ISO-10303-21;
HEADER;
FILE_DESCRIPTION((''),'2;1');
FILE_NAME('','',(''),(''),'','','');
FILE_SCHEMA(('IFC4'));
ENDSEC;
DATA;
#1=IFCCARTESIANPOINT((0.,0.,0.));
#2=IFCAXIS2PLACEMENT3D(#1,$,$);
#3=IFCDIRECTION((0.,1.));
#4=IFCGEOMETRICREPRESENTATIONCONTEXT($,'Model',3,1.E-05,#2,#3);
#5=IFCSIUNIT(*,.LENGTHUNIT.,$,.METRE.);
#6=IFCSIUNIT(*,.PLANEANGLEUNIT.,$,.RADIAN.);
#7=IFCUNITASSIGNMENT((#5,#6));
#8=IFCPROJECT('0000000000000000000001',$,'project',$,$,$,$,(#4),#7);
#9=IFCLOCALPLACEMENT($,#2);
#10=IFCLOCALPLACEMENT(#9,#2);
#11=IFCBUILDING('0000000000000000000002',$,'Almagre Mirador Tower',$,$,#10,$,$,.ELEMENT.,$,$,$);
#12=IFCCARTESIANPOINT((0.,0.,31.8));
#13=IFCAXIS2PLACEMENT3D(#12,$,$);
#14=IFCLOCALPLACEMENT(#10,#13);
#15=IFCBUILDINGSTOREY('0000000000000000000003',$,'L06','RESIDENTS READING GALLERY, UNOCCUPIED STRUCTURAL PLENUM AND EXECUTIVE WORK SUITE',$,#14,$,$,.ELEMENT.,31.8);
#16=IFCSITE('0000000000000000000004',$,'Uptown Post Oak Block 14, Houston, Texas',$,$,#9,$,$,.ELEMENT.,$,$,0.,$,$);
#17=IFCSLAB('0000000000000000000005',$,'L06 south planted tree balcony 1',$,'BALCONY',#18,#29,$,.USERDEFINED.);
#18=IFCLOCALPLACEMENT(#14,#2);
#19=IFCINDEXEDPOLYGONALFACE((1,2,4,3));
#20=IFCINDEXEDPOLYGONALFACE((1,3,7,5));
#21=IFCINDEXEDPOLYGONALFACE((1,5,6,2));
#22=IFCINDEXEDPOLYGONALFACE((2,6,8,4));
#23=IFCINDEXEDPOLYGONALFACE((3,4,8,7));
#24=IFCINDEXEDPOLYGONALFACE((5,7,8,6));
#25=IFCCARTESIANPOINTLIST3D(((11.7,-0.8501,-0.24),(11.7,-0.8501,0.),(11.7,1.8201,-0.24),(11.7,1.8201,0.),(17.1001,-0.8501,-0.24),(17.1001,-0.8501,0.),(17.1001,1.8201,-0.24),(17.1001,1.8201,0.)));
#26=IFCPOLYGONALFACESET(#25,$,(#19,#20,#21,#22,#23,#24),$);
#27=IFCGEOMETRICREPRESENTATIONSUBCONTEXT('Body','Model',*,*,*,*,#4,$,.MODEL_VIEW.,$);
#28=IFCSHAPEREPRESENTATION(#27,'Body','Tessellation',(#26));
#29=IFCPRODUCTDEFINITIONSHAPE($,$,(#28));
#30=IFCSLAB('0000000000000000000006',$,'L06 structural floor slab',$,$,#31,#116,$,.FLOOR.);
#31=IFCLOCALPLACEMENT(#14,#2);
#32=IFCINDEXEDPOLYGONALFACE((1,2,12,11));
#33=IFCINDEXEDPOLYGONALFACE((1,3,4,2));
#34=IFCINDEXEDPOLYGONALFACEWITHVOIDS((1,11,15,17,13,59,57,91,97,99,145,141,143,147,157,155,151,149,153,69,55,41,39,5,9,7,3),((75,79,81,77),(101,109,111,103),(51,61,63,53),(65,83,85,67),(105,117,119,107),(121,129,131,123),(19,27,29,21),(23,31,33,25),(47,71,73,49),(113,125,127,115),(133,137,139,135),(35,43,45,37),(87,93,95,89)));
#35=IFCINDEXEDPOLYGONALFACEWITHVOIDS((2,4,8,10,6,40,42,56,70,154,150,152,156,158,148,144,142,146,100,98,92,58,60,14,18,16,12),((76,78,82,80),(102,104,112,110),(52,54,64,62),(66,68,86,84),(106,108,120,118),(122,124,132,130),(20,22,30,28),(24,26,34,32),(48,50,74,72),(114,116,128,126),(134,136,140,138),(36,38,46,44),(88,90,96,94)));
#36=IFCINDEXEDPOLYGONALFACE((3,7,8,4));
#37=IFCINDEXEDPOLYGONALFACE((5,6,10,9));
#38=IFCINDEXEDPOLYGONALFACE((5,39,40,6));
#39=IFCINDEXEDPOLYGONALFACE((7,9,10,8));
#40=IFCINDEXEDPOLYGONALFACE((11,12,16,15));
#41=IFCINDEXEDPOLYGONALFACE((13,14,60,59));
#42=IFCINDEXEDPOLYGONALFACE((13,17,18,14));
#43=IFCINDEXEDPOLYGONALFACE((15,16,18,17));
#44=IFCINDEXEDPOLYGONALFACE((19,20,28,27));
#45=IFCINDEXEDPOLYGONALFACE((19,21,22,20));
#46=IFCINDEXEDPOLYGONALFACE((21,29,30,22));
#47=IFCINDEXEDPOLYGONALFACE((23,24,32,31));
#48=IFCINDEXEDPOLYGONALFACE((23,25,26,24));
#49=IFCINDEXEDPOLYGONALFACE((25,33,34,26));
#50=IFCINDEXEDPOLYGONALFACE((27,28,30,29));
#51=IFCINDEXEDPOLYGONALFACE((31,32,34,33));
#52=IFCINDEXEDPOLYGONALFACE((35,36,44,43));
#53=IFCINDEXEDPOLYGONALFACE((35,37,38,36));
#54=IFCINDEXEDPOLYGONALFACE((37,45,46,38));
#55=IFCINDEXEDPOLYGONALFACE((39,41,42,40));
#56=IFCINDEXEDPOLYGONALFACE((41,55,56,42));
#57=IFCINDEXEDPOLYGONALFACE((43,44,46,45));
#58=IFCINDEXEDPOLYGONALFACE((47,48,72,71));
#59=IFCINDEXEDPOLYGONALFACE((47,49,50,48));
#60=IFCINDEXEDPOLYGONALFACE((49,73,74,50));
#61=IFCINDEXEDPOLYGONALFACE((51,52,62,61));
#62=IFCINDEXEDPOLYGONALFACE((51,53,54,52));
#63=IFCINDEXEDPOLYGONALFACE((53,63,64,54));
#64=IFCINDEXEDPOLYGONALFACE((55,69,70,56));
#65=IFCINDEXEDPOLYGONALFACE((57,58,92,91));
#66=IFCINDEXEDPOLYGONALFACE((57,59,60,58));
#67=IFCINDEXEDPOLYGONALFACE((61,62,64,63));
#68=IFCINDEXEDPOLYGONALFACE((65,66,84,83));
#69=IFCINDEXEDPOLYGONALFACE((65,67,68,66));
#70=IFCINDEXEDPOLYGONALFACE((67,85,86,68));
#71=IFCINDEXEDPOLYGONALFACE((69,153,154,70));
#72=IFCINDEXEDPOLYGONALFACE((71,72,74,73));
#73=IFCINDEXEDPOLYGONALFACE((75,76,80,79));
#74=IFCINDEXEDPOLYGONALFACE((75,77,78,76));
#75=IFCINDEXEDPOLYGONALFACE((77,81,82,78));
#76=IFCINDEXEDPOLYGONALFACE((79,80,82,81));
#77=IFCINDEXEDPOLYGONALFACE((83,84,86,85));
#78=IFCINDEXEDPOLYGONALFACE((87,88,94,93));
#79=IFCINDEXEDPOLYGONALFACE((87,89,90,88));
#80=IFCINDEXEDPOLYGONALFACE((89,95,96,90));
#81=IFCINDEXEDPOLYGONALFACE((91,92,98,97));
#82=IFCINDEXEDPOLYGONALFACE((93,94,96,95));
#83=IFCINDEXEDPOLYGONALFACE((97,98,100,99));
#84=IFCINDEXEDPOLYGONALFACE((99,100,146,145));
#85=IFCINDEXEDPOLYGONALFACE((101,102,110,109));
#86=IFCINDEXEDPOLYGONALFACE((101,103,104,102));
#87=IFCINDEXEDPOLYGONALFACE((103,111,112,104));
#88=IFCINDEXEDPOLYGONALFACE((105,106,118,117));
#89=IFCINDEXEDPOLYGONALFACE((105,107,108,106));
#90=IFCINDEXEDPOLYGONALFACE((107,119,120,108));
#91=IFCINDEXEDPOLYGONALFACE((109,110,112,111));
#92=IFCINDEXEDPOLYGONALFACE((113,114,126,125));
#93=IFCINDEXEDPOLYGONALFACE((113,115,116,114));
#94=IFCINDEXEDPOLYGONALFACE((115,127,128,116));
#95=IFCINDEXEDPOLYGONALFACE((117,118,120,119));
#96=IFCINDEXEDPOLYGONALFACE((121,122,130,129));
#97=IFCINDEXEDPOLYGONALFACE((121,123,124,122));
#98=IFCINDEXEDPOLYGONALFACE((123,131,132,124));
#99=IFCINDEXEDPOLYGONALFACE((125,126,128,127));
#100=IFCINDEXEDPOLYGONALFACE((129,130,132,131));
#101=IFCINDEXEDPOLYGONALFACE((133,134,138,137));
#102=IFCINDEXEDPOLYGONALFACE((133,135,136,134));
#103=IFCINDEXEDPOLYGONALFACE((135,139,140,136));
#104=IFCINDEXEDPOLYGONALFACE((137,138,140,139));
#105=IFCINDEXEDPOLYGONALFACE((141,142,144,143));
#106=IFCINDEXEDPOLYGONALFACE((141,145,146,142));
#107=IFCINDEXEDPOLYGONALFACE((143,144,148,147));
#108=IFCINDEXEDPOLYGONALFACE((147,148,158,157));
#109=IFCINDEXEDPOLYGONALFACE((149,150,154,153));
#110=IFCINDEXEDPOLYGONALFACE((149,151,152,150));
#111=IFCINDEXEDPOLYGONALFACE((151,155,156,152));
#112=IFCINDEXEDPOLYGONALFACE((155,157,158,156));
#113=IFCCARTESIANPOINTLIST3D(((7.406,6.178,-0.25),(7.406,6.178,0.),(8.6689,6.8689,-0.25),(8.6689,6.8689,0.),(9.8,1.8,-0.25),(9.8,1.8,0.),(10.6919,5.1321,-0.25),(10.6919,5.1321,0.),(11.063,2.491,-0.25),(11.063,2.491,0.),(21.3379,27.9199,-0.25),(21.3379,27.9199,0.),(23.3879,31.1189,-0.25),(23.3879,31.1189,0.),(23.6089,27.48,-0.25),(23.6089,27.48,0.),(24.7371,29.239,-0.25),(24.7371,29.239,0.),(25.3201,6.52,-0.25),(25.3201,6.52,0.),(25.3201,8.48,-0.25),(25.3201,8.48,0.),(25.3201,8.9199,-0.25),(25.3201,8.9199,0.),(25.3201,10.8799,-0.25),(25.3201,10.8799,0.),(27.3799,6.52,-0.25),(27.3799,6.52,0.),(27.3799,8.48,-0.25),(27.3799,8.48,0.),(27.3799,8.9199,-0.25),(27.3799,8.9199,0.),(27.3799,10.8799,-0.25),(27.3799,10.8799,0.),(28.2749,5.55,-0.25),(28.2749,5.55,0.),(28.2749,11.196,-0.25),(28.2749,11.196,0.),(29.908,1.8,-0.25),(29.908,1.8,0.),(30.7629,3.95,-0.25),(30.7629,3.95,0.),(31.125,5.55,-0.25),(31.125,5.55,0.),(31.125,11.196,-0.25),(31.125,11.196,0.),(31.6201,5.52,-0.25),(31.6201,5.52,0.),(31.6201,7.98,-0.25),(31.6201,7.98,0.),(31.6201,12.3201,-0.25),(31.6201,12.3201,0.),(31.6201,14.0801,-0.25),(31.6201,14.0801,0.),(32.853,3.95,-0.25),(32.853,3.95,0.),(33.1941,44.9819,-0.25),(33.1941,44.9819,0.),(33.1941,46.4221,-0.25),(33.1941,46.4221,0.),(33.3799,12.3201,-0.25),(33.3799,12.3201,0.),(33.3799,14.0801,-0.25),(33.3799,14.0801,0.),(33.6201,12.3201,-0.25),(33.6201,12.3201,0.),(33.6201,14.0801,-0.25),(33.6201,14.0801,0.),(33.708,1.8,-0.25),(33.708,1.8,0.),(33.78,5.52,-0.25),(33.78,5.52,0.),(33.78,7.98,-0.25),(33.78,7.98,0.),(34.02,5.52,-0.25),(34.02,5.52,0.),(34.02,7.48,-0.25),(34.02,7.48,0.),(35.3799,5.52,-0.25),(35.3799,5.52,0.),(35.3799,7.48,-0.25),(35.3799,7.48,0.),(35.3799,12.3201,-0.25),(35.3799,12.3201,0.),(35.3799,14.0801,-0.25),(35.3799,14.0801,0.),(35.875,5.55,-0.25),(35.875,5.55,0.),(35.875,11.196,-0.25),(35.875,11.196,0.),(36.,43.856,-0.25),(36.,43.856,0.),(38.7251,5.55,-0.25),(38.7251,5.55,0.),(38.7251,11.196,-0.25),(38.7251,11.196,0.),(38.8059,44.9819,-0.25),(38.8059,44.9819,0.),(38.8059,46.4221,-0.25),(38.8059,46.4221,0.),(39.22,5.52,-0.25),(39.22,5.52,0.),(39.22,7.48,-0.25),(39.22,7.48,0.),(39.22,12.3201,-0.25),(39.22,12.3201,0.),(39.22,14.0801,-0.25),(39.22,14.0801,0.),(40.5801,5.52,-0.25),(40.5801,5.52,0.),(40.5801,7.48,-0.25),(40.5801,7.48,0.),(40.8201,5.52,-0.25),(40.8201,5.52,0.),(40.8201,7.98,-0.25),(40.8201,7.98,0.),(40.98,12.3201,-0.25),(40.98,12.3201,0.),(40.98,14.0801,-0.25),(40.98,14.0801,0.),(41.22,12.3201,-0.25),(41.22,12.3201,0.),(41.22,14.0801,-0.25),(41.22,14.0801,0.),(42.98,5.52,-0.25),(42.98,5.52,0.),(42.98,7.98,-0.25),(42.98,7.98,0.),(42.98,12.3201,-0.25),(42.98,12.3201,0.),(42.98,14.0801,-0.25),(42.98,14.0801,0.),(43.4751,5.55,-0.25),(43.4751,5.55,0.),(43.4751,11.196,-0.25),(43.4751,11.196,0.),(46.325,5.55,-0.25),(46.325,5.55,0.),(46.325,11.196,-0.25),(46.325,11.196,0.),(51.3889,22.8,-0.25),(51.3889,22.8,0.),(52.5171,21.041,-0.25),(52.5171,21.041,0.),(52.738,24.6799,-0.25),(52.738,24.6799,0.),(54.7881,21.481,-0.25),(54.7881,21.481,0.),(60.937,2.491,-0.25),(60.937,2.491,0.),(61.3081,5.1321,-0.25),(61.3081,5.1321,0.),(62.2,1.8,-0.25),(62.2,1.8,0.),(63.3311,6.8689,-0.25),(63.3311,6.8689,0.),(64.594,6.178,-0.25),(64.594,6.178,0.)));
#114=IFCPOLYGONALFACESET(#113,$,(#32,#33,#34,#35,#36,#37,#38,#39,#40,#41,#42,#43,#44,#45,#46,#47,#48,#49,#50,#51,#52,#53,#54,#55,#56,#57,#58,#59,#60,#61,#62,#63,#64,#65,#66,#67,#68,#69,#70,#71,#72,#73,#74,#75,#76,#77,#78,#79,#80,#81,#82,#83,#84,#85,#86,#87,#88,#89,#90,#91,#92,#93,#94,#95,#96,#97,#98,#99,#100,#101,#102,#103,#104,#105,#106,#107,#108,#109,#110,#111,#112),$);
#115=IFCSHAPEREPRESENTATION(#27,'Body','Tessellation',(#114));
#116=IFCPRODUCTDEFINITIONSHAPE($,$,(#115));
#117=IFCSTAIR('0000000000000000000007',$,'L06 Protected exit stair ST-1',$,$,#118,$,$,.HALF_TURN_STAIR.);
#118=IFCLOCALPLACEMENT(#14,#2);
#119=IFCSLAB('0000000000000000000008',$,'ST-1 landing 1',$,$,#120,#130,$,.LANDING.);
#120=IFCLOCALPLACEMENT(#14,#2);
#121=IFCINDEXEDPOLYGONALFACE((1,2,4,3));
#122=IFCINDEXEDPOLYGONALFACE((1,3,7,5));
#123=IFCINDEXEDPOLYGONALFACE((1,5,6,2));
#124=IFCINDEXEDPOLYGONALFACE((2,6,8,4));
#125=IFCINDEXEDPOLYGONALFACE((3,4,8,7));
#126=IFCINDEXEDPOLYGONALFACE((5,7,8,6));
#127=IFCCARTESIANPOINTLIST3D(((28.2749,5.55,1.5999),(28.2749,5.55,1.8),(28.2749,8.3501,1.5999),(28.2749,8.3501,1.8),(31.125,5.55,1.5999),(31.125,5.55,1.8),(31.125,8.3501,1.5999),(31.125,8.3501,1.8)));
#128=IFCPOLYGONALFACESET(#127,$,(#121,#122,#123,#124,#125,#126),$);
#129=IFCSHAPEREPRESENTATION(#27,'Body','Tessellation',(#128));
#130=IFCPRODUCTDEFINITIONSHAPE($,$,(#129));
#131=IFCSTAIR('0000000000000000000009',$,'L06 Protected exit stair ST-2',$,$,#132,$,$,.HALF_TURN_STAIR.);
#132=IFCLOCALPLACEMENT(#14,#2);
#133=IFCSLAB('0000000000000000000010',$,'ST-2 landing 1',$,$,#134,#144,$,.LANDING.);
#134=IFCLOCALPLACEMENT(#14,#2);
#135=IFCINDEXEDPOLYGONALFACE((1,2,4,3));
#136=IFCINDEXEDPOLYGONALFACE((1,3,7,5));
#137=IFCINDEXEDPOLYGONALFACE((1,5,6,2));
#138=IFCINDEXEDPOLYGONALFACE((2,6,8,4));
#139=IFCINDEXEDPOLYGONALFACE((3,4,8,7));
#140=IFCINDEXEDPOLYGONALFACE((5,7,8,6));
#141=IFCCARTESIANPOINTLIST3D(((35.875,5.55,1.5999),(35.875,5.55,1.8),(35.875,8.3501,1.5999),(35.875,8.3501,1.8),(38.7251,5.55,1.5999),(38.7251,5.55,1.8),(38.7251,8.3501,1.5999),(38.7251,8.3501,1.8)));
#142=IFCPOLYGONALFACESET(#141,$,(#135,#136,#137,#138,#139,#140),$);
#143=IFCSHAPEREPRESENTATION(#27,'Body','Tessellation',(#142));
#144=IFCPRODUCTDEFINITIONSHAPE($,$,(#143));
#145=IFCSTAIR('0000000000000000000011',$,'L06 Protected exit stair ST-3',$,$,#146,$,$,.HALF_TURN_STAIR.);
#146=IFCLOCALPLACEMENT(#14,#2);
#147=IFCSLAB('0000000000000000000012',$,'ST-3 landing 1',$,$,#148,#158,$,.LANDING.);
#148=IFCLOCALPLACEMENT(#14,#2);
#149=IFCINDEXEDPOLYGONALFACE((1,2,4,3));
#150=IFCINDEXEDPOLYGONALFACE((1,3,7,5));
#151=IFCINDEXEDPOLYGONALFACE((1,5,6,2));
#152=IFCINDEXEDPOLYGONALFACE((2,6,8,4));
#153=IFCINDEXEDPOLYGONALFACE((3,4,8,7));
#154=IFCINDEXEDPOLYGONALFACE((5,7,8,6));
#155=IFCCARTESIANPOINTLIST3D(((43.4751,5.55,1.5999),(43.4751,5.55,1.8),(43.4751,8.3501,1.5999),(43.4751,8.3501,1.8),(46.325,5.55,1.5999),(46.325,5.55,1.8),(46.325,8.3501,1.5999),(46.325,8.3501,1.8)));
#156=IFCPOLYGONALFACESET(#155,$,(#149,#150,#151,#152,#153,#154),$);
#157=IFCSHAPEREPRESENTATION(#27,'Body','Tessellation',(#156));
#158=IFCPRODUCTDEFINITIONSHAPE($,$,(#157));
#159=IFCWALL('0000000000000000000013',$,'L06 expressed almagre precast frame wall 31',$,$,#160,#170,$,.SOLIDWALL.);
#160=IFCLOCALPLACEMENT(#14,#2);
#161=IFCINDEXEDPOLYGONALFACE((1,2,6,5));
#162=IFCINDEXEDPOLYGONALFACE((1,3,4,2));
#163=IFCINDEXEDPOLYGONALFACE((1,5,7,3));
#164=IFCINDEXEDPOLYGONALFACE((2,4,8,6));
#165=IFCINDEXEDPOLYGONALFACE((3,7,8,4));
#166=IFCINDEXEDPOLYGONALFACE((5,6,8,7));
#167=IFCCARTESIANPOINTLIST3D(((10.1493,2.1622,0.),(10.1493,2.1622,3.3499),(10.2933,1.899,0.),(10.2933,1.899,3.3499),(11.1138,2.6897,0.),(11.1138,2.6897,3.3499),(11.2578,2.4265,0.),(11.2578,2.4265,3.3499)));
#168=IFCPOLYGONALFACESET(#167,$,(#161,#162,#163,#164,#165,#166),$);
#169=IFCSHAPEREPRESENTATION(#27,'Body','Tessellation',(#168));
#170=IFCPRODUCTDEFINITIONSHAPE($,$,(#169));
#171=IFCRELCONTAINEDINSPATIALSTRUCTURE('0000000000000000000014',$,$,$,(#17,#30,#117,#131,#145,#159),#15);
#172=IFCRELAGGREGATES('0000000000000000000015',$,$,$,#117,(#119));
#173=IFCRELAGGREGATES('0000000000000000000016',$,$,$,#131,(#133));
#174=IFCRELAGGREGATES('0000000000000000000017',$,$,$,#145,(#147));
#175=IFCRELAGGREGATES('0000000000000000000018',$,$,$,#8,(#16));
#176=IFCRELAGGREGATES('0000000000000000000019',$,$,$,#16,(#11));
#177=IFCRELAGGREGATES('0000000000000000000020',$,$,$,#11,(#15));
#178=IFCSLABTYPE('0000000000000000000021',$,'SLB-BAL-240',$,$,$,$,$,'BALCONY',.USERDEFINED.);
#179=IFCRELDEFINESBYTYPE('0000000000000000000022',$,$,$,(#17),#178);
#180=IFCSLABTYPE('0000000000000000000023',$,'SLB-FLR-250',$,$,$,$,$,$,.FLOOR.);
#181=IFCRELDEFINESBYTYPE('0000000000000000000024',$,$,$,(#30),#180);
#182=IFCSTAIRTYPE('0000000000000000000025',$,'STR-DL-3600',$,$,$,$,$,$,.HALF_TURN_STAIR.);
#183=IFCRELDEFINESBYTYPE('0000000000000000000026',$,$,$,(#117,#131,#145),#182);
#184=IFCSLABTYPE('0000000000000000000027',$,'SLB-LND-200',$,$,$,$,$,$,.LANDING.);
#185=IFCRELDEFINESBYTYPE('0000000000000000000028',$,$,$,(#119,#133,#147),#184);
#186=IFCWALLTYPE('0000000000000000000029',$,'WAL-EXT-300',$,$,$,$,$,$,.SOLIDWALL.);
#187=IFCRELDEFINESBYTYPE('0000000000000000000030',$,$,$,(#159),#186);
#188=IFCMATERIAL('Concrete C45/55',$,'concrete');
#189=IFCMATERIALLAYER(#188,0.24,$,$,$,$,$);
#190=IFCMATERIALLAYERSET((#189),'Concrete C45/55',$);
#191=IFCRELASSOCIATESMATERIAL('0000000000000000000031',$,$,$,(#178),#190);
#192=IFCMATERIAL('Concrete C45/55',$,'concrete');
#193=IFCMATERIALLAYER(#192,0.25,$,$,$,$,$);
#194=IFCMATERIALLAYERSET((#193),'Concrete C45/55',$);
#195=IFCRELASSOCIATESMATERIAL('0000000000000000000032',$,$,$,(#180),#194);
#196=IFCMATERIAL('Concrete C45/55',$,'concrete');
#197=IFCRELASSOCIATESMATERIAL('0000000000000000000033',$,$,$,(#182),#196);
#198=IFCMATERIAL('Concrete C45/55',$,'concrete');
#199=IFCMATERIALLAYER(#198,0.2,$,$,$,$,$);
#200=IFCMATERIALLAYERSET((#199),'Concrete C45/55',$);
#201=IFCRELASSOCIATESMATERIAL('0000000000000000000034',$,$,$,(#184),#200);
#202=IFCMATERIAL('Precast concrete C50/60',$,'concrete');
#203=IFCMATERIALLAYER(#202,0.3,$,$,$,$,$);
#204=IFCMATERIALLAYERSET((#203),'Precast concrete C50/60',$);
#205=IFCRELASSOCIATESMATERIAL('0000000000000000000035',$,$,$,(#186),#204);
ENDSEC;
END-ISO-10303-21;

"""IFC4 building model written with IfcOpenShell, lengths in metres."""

from ifc_helpers import new_model, si_unit, direction, frame, frame_2d, origin, place, context, subcontext, project, spatial, polyline, rectangle, outline, extrude, material, layer, layer_set, type_object, element, aggregate, save


model = new_model("IFC4")

# Units and contexts
model_context = context("Model", 3, precision=1e-05, world=origin(), true_north=direction((0.0, 1.0)))
body_context = subcontext(model_context, "Body", "Model", "MODEL_VIEW")
ifc_project = project(units=[si_unit("LENGTHUNIT", "METRE"), si_unit("PLANEANGLEUNIT", "RADIAN")], contexts=[model_context])

# Site, building, storey
site_placement = place(None, origin())
site = spatial("IfcSite", under=ifc_project, at=site_placement, Name="Uptown Post Oak Block 14, Houston, Texas", CompositionType="ELEMENT", RefElevation=0.0)
building_placement = place(site_placement, origin())
building = spatial("IfcBuilding", under=site, at=building_placement, Name="Almagre Mirador Tower", CompositionType="ELEMENT")
storey_placement = place(building_placement, frame((0.0, 0.0, 31.8)))
storey = spatial("IfcBuildingStorey", under=building, at=storey_placement, Name="L06", Description="RESIDENTS READING GALLERY, UNOCCUPIED STRUCTURAL PLENUM AND EXECUTIVE WORK SUITE", CompositionType="ELEMENT", Elevation=31.8)

# Slabs
ifc_material_1 = material(Name="Concrete C45/55", Category="concrete")
ifc_layer_1 = layer(ifc_material_1, 0.24)
ifc_layer_set_1 = layer_set([ifc_layer_1], Name="Concrete C45/55")
slab_type_1 = type_object("IfcSlabType", Name="SLB-BAL-240", ElementType="BALCONY", PredefinedType="USERDEFINED", material=ifc_layer_set_1)
slab_1_placement = place(storey_placement, frame((0.0, 0.0, -0.24)))
element("IfcSlab", 1, at=slab_1_placement, inside=storey, type_object=slab_type_1, Name="L06 south planted tree balcony 1", ObjectType="BALCONY", PredefinedType="USERDEFINED", context=body_context, shape_type="SweptSolid", body=[
    extrude(outline(polyline([(11.7, 1.8201), (17.1001, 1.8201), (17.1001, -0.8501), (11.7, -0.8501), (11.7, 1.8201)])), origin(), (0.0, 0.0, 1.0), 0.24),
])
ifc_material_2 = material(Name="Concrete C45/55", Category="concrete")
ifc_layer_2 = layer(ifc_material_2, 0.25)
ifc_layer_set_2 = layer_set([ifc_layer_2], Name="Concrete C45/55")
slab_type_2 = type_object("IfcSlabType", Name="SLB-FLR-250", PredefinedType="FLOOR", material=ifc_layer_set_2)
slab_2_placement = place(storey_placement, frame((0.0, 0.0, -0.25)))
element("IfcSlab", 2, at=slab_2_placement, inside=storey, type_object=slab_type_2, Name="L06 structural floor slab", PredefinedType="FLOOR", context=body_context, shape_type="SweptSolid", body=[
    extrude(outline(polyline([(7.406, 6.178), (8.6689, 6.8689), (10.6919, 5.1321), (11.063, 2.491), (9.8, 1.8), (29.908, 1.8), (30.7629, 3.95), (32.853, 3.95), (33.708, 1.8), (62.2, 1.8), (60.937, 2.491), (61.3081, 5.1321), (63.3311, 6.8689), (64.594, 6.178), (54.7881, 21.481), (52.5171, 21.041), (51.3889, 22.8), (52.738, 24.6799), (38.8059, 46.4221), (38.8059, 44.9819), (36.0, 43.856), (33.1941, 44.9819), (33.1941, 46.4221), (23.3879, 31.1189), (24.7371, 29.239), (23.6089, 27.48), (21.3379, 27.9199), (7.406, 6.178)]), holes=[polyline([(43.4751, 11.196), (46.325, 11.196), (46.325, 5.55), (43.4751, 5.55), (43.4751, 11.196)]), polyline([(40.8201, 5.52), (40.8201, 7.98), (42.98, 7.98), (42.98, 5.52), (40.8201, 5.52)]), polyline([(41.22, 12.3201), (41.22, 14.0801), (42.98, 14.0801), (42.98, 12.3201), (41.22, 12.3201)]), polyline([(39.22, 12.3201), (39.22, 14.0801), (40.98, 14.0801), (40.98, 12.3201), (39.22, 12.3201)]), polyline([(39.22, 5.52), (39.22, 7.48), (40.5801, 7.48), (40.5801, 5.52), (39.22, 5.52)]), polyline([(35.875, 11.196), (38.7251, 11.196), (38.7251, 5.55), (35.875, 5.55), (35.875, 11.196)]), polyline([(35.3799, 5.52), (34.02, 5.52), (34.02, 7.48), (35.3799, 7.48), (35.3799, 5.52)]), polyline([(35.3799, 12.3201), (33.6201, 12.3201), (33.6201, 14.0801), (35.3799, 14.0801), (35.3799, 12.3201)]), polyline([(31.6201, 5.52), (31.6201, 7.98), (33.78, 7.98), (33.78, 5.52), (31.6201, 5.52)]), polyline([(31.6201, 12.3201), (31.6201, 14.0801), (33.3799, 14.0801), (33.3799, 12.3201), (31.6201, 12.3201)]), polyline([(28.2749, 5.55), (28.2749, 11.196), (31.125, 11.196), (31.125, 5.55), (28.2749, 5.55)]), polyline([(25.3201, 6.52), (25.3201, 8.48), (27.3799, 8.48), (27.3799, 6.52), (25.3201, 6.52)]), polyline([(25.3201, 8.9199), (25.3201, 10.8799), (27.3799, 10.8799), (27.3799, 8.9199), (25.3201, 8.9199)])]), origin(), (0.0, 0.0, 1.0), 0.25),
])

# Stairs, slabs
ifc_material_3 = material(Name="Concrete C45/55", Category="concrete")
stair_type = type_object("IfcStairType", Name="STR-DL-3600", PredefinedType="HALF_TURN_STAIR", material=ifc_material_3)
stair_1_placement = place(storey_placement, origin())
stair_1 = element("IfcStair", 3, at=stair_1_placement, inside=storey, type_object=stair_type, Name="L06 Protected exit stair ST-1", PredefinedType="HALF_TURN_STAIR")
ifc_material_4 = material(Name="Concrete C45/55", Category="concrete")
ifc_layer_3 = layer(ifc_material_4, 0.2)
ifc_layer_set_3 = layer_set([ifc_layer_3], Name="Concrete C45/55")
slab_type_3 = type_object("IfcSlabType", Name="SLB-LND-200", PredefinedType="LANDING", material=ifc_layer_set_3)
slab_3_placement = place(storey_placement, frame((0.0, 0.0, 1.5999)))
slab_3 = element("IfcSlab", 4, at=slab_3_placement, type_object=slab_type_3, Name="ST-1 landing 1", PredefinedType="LANDING", context=body_context, shape_type="SweptSolid", body=[
    extrude(outline(polyline([(28.2749, 8.3501), (28.2749, 5.55), (31.125, 5.55), (31.125, 8.3501), (28.2749, 8.3501)])), origin(), (0.0, 0.0, 1.0), 0.2002),
])
aggregate(stair_1, [slab_3])
stair_2_placement = place(storey_placement, origin())
stair_2 = element("IfcStair", 5, at=stair_2_placement, inside=storey, type_object=stair_type, Name="L06 Protected exit stair ST-2", PredefinedType="HALF_TURN_STAIR")
slab_4_placement = place(storey_placement, frame((0.0, 0.0, 1.5999)))
slab_4 = element("IfcSlab", 6, at=slab_4_placement, type_object=slab_type_3, Name="ST-2 landing 1", PredefinedType="LANDING", context=body_context, shape_type="SweptSolid", body=[
    extrude(outline(polyline([(35.875, 8.3501), (35.875, 5.55), (38.7251, 5.55), (38.7251, 8.3501), (35.875, 8.3501)])), origin(), (0.0, 0.0, 1.0), 0.2002),
])
aggregate(stair_2, [slab_4])
stair_3_placement = place(storey_placement, origin())
stair_3 = element("IfcStair", 7, at=stair_3_placement, inside=storey, type_object=stair_type, Name="L06 Protected exit stair ST-3", PredefinedType="HALF_TURN_STAIR")
slab_5_placement = place(storey_placement, frame((0.0, 0.0, 1.5999)))
slab_5 = element("IfcSlab", 8, at=slab_5_placement, type_object=slab_type_3, Name="ST-3 landing 1", PredefinedType="LANDING", context=body_context, shape_type="SweptSolid", body=[
    extrude(outline(polyline([(43.4751, 8.3501), (43.4751, 5.55), (46.325, 5.55), (46.325, 8.3501), (43.4751, 8.3501)])), origin(), (0.0, 0.0, 1.0), 0.2002),
])
aggregate(stair_3, [slab_5])

# Wall
ifc_material_5 = material(Name="Precast concrete C50/60", Category="concrete")
ifc_layer_4 = layer(ifc_material_5, 0.3)
ifc_layer_set_4 = layer_set([ifc_layer_4], Name="Precast concrete C50/60")
wall_type_1 = type_object("IfcWallType", Name="WAL-EXT-300", PredefinedType="SOLIDWALL", material=ifc_layer_set_4)
wall_1_placement = place(storey_placement, frame((10.2212, 2.0305, 0.0), z_axis=(0.0, 0.0, 1.0), x_axis=(0.877343, 0.479863, 0.0)))
element("IfcWall", 9, at=wall_1_placement, inside=storey, type_object=wall_type_1, Name="L06 expressed almagre precast frame wall 31", PredefinedType="SOLIDWALL", context=body_context, shape_type="SweptSolid", body=[
    extrude(rectangle(XDim=1.0994, YDim=0.3, at=frame_2d((0.5498, 0.0))), origin(), (0.0, 0.0, 1.0), 3.3499),
])

save(model, "model.ifc")
